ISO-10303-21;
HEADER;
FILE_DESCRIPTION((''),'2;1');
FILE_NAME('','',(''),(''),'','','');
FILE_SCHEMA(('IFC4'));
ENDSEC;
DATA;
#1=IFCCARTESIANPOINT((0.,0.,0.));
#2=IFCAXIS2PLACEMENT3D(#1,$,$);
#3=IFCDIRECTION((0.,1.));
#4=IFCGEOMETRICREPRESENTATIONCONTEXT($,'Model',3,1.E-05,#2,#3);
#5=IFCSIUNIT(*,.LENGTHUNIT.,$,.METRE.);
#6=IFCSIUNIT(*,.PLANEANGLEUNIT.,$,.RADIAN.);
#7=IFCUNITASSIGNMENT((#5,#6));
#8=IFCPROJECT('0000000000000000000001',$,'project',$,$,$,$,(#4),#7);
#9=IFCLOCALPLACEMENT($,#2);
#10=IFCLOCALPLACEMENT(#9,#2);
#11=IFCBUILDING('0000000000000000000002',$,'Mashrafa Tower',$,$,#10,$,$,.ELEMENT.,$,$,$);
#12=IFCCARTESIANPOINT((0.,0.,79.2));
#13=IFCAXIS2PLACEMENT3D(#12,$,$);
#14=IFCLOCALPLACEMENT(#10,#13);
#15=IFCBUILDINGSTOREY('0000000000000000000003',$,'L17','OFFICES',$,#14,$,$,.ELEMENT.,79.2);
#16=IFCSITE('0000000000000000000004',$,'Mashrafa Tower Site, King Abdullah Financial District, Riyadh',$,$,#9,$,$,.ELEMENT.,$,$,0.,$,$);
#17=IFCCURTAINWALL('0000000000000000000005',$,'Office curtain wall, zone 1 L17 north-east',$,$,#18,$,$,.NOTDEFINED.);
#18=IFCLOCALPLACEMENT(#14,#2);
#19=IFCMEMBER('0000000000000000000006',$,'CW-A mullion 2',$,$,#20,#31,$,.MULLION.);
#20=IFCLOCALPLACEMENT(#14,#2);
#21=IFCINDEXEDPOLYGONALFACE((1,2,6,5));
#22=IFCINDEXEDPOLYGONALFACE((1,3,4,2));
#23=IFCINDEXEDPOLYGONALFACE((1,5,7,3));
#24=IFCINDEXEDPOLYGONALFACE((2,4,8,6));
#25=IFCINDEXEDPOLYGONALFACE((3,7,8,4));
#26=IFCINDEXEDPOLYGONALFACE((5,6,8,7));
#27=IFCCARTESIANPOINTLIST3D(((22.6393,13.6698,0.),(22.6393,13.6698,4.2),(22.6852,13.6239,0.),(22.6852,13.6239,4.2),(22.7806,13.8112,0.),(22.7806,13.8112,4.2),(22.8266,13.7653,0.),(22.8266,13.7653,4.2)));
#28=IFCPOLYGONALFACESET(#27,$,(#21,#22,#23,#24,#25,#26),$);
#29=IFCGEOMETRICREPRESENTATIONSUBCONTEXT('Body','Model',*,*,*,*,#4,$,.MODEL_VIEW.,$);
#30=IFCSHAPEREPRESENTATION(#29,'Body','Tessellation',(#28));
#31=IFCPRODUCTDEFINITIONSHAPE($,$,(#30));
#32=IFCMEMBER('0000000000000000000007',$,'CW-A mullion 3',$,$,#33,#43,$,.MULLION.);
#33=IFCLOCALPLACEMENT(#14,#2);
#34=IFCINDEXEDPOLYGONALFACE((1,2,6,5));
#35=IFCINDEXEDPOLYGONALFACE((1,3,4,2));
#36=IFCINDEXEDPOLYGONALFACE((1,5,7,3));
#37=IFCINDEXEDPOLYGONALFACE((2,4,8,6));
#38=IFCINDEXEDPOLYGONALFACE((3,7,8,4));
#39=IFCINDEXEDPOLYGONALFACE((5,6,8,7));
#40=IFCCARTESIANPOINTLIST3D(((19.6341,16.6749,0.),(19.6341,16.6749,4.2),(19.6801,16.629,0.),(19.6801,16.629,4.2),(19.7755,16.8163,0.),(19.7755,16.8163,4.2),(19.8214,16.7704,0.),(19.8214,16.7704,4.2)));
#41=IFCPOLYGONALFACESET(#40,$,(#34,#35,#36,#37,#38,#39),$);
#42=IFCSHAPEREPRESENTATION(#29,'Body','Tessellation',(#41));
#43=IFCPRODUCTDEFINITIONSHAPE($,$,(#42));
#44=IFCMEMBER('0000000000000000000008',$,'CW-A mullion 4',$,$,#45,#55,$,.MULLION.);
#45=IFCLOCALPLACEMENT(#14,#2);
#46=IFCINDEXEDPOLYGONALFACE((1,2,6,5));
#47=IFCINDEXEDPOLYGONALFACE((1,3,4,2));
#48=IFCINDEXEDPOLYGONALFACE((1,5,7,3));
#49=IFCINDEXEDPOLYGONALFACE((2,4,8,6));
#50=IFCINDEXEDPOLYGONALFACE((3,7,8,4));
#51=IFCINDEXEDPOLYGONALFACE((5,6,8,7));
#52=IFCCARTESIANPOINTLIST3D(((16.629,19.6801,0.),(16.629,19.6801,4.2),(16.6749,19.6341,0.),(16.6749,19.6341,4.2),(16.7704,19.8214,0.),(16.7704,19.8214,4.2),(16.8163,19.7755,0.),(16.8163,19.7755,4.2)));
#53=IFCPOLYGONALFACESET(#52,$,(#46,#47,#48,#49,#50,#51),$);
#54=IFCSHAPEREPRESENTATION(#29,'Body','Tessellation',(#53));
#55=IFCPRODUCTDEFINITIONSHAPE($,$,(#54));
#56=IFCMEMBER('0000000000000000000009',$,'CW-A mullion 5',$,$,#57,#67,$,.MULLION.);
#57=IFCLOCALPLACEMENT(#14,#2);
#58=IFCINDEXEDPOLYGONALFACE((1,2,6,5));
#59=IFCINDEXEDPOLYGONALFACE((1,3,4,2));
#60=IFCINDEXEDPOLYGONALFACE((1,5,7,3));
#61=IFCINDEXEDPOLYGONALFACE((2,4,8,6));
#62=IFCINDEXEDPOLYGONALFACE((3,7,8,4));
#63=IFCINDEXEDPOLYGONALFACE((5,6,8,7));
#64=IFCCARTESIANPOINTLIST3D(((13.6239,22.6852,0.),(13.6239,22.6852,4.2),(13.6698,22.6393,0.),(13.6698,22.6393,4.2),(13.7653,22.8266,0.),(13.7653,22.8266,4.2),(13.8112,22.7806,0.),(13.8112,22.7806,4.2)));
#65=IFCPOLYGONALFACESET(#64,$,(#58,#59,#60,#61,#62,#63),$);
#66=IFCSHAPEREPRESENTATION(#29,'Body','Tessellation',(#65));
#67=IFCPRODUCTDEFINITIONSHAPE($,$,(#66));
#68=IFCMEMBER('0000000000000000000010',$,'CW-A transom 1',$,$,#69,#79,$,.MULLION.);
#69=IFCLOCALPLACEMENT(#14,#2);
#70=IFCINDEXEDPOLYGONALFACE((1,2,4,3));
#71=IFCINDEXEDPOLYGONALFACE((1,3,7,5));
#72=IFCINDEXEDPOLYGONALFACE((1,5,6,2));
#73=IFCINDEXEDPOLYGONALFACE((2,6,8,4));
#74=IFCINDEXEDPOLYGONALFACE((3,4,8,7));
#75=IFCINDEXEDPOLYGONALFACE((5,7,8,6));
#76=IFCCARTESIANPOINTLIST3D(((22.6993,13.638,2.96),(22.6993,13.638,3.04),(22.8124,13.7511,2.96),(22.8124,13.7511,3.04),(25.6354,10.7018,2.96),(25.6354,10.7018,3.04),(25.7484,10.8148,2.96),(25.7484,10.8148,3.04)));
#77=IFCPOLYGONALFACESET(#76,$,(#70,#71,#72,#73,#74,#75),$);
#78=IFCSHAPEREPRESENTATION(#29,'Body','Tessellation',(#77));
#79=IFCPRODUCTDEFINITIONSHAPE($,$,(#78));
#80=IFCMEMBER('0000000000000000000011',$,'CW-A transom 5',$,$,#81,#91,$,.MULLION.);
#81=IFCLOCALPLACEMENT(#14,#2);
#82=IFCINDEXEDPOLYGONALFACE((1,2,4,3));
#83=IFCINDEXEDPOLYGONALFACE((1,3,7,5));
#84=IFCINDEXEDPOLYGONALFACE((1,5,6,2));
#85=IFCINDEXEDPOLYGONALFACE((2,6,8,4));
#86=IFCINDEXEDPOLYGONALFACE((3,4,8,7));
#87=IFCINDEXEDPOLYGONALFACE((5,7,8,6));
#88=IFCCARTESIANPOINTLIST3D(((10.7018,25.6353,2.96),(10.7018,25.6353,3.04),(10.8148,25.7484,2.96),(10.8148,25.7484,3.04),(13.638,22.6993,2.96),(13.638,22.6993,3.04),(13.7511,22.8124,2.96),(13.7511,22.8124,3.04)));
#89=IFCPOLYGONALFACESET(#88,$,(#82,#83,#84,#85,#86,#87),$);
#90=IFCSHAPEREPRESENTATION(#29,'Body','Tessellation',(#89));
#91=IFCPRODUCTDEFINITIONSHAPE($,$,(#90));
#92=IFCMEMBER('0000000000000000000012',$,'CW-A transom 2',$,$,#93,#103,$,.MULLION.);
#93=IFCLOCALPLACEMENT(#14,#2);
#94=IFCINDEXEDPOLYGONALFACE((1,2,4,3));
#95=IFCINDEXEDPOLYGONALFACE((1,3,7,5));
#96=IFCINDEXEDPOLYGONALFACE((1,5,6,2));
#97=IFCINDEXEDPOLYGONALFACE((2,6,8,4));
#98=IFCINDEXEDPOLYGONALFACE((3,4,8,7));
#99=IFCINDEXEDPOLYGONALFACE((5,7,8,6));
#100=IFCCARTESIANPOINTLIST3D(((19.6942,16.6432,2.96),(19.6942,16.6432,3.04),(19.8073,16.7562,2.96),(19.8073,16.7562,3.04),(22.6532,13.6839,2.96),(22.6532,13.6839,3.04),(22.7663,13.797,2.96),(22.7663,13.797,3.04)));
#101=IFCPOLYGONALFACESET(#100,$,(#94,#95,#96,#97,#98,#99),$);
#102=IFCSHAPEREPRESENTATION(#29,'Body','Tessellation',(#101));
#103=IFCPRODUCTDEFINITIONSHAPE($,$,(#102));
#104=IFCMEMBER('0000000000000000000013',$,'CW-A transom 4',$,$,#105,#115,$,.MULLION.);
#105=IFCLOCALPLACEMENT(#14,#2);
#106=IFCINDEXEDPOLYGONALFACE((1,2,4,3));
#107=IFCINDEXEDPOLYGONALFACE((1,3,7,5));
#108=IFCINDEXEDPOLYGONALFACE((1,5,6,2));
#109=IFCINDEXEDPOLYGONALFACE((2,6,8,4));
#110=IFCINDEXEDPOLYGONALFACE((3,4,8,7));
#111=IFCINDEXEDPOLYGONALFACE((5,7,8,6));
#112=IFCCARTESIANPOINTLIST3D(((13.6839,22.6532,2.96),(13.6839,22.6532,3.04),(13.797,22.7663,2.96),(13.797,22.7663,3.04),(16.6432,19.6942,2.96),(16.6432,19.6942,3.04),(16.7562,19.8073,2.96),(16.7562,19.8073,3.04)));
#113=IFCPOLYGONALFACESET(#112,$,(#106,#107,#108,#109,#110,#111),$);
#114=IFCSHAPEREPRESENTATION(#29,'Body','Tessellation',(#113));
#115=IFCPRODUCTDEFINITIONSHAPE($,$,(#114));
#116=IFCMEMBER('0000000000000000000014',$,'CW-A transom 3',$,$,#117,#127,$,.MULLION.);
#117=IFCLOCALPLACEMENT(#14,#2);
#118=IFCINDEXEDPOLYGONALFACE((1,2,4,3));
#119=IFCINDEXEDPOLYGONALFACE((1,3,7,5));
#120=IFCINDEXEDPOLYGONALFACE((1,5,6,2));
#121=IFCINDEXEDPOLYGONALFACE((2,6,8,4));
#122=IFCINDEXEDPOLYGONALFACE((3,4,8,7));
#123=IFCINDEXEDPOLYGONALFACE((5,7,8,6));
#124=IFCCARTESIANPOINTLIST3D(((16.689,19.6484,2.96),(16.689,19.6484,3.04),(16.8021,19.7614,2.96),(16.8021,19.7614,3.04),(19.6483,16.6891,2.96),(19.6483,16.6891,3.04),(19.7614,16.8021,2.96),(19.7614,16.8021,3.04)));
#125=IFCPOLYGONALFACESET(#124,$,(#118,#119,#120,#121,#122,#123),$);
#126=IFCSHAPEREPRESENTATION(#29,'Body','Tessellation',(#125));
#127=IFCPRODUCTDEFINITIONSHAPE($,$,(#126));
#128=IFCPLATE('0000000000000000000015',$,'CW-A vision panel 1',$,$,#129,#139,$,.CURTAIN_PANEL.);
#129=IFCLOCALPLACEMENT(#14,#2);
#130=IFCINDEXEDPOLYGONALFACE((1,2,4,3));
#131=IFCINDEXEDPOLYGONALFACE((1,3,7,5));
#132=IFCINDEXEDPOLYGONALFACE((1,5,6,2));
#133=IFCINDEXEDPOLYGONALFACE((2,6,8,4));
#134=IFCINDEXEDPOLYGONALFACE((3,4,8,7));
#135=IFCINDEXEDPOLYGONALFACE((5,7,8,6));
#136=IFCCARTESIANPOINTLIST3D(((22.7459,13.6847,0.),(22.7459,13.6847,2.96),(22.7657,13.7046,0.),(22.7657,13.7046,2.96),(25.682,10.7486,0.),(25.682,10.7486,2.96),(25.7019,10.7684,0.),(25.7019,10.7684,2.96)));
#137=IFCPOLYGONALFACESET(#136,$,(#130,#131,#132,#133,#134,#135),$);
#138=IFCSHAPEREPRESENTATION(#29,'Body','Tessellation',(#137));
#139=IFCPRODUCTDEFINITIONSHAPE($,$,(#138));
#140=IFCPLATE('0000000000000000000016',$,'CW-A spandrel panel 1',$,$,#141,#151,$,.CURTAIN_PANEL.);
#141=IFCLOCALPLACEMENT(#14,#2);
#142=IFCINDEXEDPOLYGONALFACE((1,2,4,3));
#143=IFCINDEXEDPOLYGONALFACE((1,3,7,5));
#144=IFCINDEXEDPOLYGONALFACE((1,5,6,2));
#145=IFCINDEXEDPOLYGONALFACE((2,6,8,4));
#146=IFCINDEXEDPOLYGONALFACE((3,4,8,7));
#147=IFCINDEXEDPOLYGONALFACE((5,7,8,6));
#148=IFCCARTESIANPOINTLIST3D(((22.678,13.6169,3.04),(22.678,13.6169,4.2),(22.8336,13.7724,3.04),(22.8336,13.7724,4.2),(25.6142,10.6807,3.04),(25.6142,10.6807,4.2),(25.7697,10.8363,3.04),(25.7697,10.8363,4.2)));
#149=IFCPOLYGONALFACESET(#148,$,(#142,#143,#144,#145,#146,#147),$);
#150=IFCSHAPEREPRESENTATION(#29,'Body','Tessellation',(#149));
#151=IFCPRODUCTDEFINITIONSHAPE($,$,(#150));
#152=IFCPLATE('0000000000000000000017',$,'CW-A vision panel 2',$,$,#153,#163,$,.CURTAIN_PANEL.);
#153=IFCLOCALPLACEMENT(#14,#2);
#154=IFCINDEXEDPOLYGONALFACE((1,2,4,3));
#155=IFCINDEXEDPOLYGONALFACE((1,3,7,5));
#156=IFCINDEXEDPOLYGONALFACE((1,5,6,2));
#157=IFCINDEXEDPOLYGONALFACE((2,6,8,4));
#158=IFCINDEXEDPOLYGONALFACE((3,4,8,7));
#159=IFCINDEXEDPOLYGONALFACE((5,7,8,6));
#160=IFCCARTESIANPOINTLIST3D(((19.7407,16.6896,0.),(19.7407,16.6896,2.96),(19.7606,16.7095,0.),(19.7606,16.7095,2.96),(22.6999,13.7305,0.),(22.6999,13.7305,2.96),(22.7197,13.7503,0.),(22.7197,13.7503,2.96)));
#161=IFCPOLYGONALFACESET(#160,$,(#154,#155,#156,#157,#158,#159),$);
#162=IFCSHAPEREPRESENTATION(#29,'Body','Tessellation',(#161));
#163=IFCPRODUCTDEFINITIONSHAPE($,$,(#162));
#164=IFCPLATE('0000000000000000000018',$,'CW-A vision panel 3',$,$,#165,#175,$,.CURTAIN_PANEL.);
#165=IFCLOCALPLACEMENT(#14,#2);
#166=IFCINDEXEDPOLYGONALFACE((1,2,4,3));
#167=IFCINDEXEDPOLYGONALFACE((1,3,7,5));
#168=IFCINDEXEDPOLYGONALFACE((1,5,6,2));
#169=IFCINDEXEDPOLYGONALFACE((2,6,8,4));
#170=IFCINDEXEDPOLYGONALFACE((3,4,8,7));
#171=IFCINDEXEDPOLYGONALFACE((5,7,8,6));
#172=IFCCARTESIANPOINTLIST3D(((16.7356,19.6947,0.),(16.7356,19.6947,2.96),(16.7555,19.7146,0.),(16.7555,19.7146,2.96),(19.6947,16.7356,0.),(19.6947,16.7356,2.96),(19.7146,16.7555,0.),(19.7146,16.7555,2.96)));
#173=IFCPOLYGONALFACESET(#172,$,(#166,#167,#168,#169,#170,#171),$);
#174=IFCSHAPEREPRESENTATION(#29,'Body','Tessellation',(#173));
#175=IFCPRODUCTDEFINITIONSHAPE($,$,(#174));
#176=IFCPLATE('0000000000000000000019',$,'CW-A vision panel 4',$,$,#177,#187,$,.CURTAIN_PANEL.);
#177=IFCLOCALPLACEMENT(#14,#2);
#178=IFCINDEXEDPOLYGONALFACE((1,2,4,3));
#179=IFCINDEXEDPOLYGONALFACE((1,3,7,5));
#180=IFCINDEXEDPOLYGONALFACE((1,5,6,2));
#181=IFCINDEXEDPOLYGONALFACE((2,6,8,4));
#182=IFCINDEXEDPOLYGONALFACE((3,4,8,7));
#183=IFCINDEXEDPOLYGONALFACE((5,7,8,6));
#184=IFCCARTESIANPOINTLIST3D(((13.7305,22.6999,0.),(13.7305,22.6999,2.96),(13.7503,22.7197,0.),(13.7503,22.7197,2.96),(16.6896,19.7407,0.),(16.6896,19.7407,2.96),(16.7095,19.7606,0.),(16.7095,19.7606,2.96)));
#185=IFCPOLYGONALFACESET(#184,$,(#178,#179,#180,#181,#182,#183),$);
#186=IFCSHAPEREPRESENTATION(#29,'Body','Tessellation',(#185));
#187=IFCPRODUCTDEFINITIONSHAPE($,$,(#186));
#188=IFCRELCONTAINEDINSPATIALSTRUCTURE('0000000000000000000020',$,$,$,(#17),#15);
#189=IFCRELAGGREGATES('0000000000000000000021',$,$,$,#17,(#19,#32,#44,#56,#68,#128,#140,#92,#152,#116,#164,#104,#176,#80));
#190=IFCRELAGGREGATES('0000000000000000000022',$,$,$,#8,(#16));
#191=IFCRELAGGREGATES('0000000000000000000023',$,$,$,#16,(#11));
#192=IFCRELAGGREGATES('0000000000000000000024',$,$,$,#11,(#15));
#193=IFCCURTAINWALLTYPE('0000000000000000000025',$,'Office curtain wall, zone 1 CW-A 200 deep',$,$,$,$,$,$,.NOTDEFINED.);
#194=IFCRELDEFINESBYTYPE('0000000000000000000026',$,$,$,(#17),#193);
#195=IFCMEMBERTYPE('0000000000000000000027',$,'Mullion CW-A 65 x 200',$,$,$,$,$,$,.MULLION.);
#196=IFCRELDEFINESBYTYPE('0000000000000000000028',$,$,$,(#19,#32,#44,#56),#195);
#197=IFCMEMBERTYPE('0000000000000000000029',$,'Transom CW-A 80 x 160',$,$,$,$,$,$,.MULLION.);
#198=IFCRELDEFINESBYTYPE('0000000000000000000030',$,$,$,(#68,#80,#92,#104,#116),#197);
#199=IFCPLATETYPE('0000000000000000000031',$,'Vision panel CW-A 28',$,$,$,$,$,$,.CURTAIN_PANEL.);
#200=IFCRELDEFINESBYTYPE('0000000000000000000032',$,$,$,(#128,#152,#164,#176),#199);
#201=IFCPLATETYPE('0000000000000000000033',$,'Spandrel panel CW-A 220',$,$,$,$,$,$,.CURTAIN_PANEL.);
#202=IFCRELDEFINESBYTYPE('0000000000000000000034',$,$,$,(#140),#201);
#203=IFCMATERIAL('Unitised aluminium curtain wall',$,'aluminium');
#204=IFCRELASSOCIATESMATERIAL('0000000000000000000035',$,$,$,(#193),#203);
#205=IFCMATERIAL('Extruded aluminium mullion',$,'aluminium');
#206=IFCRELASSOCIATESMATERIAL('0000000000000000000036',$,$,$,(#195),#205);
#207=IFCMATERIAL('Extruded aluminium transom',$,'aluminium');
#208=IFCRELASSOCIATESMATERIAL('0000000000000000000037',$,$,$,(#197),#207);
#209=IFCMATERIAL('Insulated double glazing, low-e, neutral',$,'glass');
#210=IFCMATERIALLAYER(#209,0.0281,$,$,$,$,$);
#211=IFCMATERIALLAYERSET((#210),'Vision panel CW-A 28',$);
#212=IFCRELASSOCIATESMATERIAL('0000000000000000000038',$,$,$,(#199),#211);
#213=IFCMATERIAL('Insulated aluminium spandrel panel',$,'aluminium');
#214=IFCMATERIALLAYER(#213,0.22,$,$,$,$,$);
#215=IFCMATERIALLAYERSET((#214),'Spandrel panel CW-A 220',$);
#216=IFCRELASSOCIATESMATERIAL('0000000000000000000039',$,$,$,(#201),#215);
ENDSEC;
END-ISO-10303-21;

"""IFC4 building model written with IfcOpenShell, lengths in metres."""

from ifc_helpers import new_model, si_unit, direction, frame, origin, origin_2d, place, context, subcontext, project, spatial, rectangle, extrude, source, transform, mapped, material, layer, layer_set, material_profile, profile_set, type_object, type_shapes, element, aggregate, save


model = new_model("IFC4")

# Units and contexts
model_context = context("Model", 3, precision=1e-05, world=origin(), true_north=direction((0.0, 1.0)))
body_context = subcontext(model_context, "Body", "Model", "MODEL_VIEW")
ifc_project = project(units=[si_unit("LENGTHUNIT", "METRE"), si_unit("PLANEANGLEUNIT", "RADIAN")], contexts=[model_context])

# Site, building, storey
site_placement = place(None, origin())
site = spatial("IfcSite", under=ifc_project, at=site_placement, Name="Mashrafa Tower Site, King Abdullah Financial District, Riyadh", CompositionType="ELEMENT", RefElevation=0.0)
building_placement = place(site_placement, origin())
building = spatial("IfcBuilding", under=site, at=building_placement, Name="Mashrafa Tower", CompositionType="ELEMENT")
storey_placement = place(building_placement, frame((0.0, 0.0, 79.2)))
storey = spatial("IfcBuildingStorey", under=building, at=storey_placement, Name="L17", Description="OFFICES", CompositionType="ELEMENT", Elevation=79.2)

# Shared definitions
ifc_material_1 = material(Name="Unitised aluminium curtain wall", Category="aluminium")
curtain_wall_type = type_object("IfcCurtainWallType", Name="Office curtain wall, zone 1 CW-A 200 deep", PredefinedType="NOTDEFINED", material=ifc_material_1)
ifc_material_2 = material(Name="Extruded aluminium mullion", Category="aluminium")
ifc_material_profile_1 = material_profile(ifc_material_2, rectangle(XDim=0.2, YDim=0.0649, at=origin_2d()), Name="Mullion 65x200")
ifc_profile_set_1 = profile_set([ifc_material_profile_1], Name="Extruded aluminium mullion")
member_type_1 = type_object("IfcMemberType", Name="Mullion CW-A 65 x 200", PredefinedType="MULLION", material=ifc_profile_set_1)
shared_shape_1 = source(origin(), body_context, "Body", "SweptSolid", [
    extrude(rectangle(XDim=0.2, YDim=0.0649, at=origin_2d()), origin(), (0.0, 0.0, 1.0), 4.2),
])
type_shapes(member_type_1, [shared_shape_1])

# Curtain wall, members, plates
curtain_wall_1_placement = place(storey_placement, origin())
curtain_wall_1 = element("IfcCurtainWall", 1, at=curtain_wall_1_placement, inside=storey, type_object=curtain_wall_type, Name="Office curtain wall, zone 1 L17 north-east", PredefinedType="NOTDEFINED")
member_1_placement = place(storey_placement, frame((22.7329, 13.7175, 0.0), z_axis=(0.0, 0.0, 1.0), x_axis=(-0.707107, -0.707107, 0.0)))
member_1 = element("IfcMember", 2, at=member_1_placement, type_object=member_type_1, Name="CW-A mullion 2", PredefinedType="MULLION", context=body_context, shape_type="MappedRepresentation", body=[
    mapped(shared_shape_1, transform((0.0, 0.0, 0.0))),
])
member_2_placement = place(storey_placement, frame((19.7278, 16.7227, 0.0), z_axis=(0.0, 0.0, 1.0), x_axis=(-0.707107, -0.707107, 0.0)))
member_2 = element("IfcMember", 3, at=member_2_placement, type_object=member_type_1, Name="CW-A mullion 3", PredefinedType="MULLION", context=body_context, shape_type="MappedRepresentation", body=[
    mapped(shared_shape_1, transform((0.0, 0.0, 0.0))),
])
member_3_placement = place(storey_placement, frame((16.7227, 19.7278, 0.0), z_axis=(0.0, 0.0, 1.0), x_axis=(-0.707107, -0.707107, 0.0)))
member_3 = element("IfcMember", 4, at=member_3_placement, type_object=member_type_1, Name="CW-A mullion 4", PredefinedType="MULLION", context=body_context, shape_type="MappedRepresentation", body=[
    mapped(shared_shape_1, transform((0.0, 0.0, 0.0))),
])
member_4_placement = place(storey_placement, frame((13.7175, 22.7329, 0.0), z_axis=(0.0, 0.0, 1.0), x_axis=(-0.707107, -0.707107, 0.0)))
member_4 = element("IfcMember", 5, at=member_4_placement, type_object=member_type_1, Name="CW-A mullion 5", PredefinedType="MULLION", context=body_context, shape_type="MappedRepresentation", body=[
    mapped(shared_shape_1, transform((0.0, 0.0, 0.0))),
])
ifc_material_3 = material(Name="Extruded aluminium transom", Category="aluminium")
ifc_material_profile_2 = material_profile(ifc_material_3, rectangle(XDim=0.1599, YDim=0.0801, at=origin_2d()), Name="Transom 80x160")
ifc_profile_set_2 = profile_set([ifc_material_profile_2], Name="Extruded aluminium transom")
member_type_2 = type_object("IfcMemberType", Name="Transom CW-A 80 x 160", PredefinedType="MULLION", material=ifc_profile_set_2)
shared_shape_2 = source(origin(), body_context, "Body", "SweptSolid", [
    extrude(rectangle(XDim=0.1599, YDim=0.0801, at=origin_2d()), origin(), (0.0, 0.0, 1.0), 4.1523),
])
member_5_placement = place(storey_placement, frame((25.6919, 10.7583, 3.0), z_axis=(-0.707077, 0.707136, 0.0), x_axis=(-0.707136, -0.707077, 0.0)))
member_5 = element("IfcMember", 6, at=member_5_placement, type_object=member_type_2, Name="CW-A transom 1", PredefinedType="MULLION", context=body_context, shape_type="MappedRepresentation", body=[
    mapped(shared_shape_2, transform((0.0, 0.0, 0.0))),
])
member_6_placement = place(storey_placement, frame((13.6946, 22.7559, 3.0), z_axis=(-0.707136, 0.707077, 0.0), x_axis=(-0.707077, -0.707136, 0.0)))
member_6 = element("IfcMember", 7, at=member_6_placement, type_object=member_type_2, Name="CW-A transom 5", PredefinedType="MULLION", context=body_context, shape_type="MappedRepresentation", body=[
    mapped(shared_shape_2, transform((0.0, 0.0, 0.0))),
])
shared_shape_3 = source(origin(), body_context, "Body", "SweptSolid", [
    extrude(rectangle(XDim=0.1599, YDim=0.0801, at=origin_2d()), origin(), (0.0, 0.0, 1.0), 4.1848),
])
member_7_placement = place(storey_placement, frame((22.7097, 13.7405, 3.0), z_axis=(-0.707078, 0.707136, 0.0), x_axis=(-0.707136, -0.707078, 0.0)))
member_7 = element("IfcMember", 8, at=member_7_placement, type_object=member_type_2, Name="CW-A transom 2", PredefinedType="MULLION", context=body_context, shape_type="MappedRepresentation", body=[
    mapped(shared_shape_3, transform((0.0, 0.0, 0.0))),
])
member_8_placement = place(storey_placement, frame((16.6997, 19.7507, 3.0), z_axis=(-0.707136, 0.707078, 0.0), x_axis=(-0.707078, -0.707136, 0.0)))
member_8 = element("IfcMember", 9, at=member_8_placement, type_object=member_type_2, Name="CW-A transom 4", PredefinedType="MULLION", context=body_context, shape_type="MappedRepresentation", body=[
    mapped(shared_shape_3, transform((0.0, 0.0, 0.0))),
])
shared_shape_4 = source(origin(), body_context, "Body", "SweptSolid", [
    extrude(rectangle(XDim=0.1599, YDim=0.0801, at=origin_2d()), origin(), (0.0, 0.0, 1.0), 4.1851),
])
type_shapes(member_type_2, [shared_shape_2, shared_shape_3, shared_shape_4])
member_9_placement = place(storey_placement, frame((19.7048, 16.7456, 3.0), z_axis=(-0.707107, 0.707107, 0.0), x_axis=(-0.707107, -0.707107, 0.0)))
member_9 = element("IfcMember", 10, at=member_9_placement, type_object=member_type_2, Name="CW-A transom 3", PredefinedType="MULLION", context=body_context, shape_type="MappedRepresentation", body=[
    mapped(shared_shape_4, transform((0.0, 0.0, 0.0))),
])
ifc_material_4 = material(Name="Insulated double glazing, low-e, neutral", Category="glass")
ifc_layer_1 = layer(ifc_material_4, 0.0281)
ifc_layer_set_1 = layer_set([ifc_layer_1], Name="Vision panel CW-A 28")
plate_type_1 = type_object("IfcPlateType", Name="Vision panel CW-A 28", PredefinedType="CURTAIN_PANEL", material=ifc_layer_set_1)
shared_shape_5 = source(origin(), body_context, "Body", "SweptSolid", [
    extrude(rectangle(XDim=4.1523, YDim=0.0281, at=origin_2d()), origin(), (0.0, 0.0, 1.0), 2.96),
])
plate_1_placement = place(storey_placement, frame((24.2239, 12.2266, 0.0), z_axis=(0.0, 0.0, 1.0), x_axis=(-0.707107, 0.707107, 0.0)))
plate_1 = element("IfcPlate", 11, at=plate_1_placement, type_object=plate_type_1, Name="CW-A vision panel 1", PredefinedType="CURTAIN_PANEL", context=body_context, shape_type="MappedRepresentation", body=[
    mapped(shared_shape_5, transform((0.0, 0.0, 0.0))),
])
ifc_material_5 = material(Name="Insulated aluminium spandrel panel", Category="aluminium")
ifc_layer_2 = layer(ifc_material_5, 0.22)
ifc_layer_set_2 = layer_set([ifc_layer_2], Name="Spandrel panel CW-A 220")
plate_type_2 = type_object("IfcPlateType", Name="Spandrel panel CW-A 220", PredefinedType="CURTAIN_PANEL", material=ifc_layer_set_2)
shared_shape_6 = source(origin(), body_context, "Body", "SweptSolid", [
    extrude(rectangle(XDim=4.1523, YDim=0.22, at=origin_2d()), origin(), (0.0, 0.0, 1.0), 1.1599),
])
plate_2_placement = place(storey_placement, frame((24.2239, 12.2266, 3.04), z_axis=(0.0, 0.0, 1.0), x_axis=(-0.707107, 0.707107, 0.0)))
plate_2 = element("IfcPlate", 12, at=plate_2_placement, type_object=plate_type_2, Name="CW-A spandrel panel 1", PredefinedType="CURTAIN_PANEL", context=body_context, shape_type="MappedRepresentation", body=[
    mapped(shared_shape_6, transform((0.0, 0.0, 0.0))),
])
shared_shape_7 = source(origin(), body_context, "Body", "SweptSolid", [
    extrude(rectangle(XDim=4.1848, YDim=0.0281, at=origin_2d()), origin(), (0.0, 0.0, 1.0), 2.96),
])
type_shapes(plate_type_1, [shared_shape_5, shared_shape_7])
plate_3_placement = place(storey_placement, frame((21.2302, 15.22, 0.0), z_axis=(0.0, 0.0, 1.0), x_axis=(-0.707107, 0.707107, 0.0)))
plate_3 = element("IfcPlate", 13, at=plate_3_placement, type_object=plate_type_1, Name="CW-A vision panel 2", PredefinedType="CURTAIN_PANEL", context=body_context, shape_type="MappedRepresentation", body=[
    mapped(shared_shape_7, transform((0.0, 0.0, 0.0))),
])
plate_4_placement = place(storey_placement, frame((18.2251, 18.2251, 0.0), z_axis=(0.0, 0.0, 1.0), x_axis=(-0.707107, 0.707107, 0.0)))
plate_4 = element("IfcPlate", 14, at=plate_4_placement, type_object=plate_type_1, Name="CW-A vision panel 3", PredefinedType="CURTAIN_PANEL", context=body_context, shape_type="MappedRepresentation", body=[
    mapped(shared_shape_7, transform((0.0, 0.0, 0.0))),
])
plate_5_placement = place(storey_placement, frame((15.22, 21.2302, 0.0), z_axis=(0.0, 0.0, 1.0), x_axis=(-0.707107, 0.707107, 0.0)))
plate_5 = element("IfcPlate", 15, at=plate_5_placement, type_object=plate_type_1, Name="CW-A vision panel 4", PredefinedType="CURTAIN_PANEL", context=body_context, shape_type="MappedRepresentation", body=[
    mapped(shared_shape_7, transform((0.0, 0.0, 0.0))),
])
aggregate(curtain_wall_1, [member_1, member_2, member_3, member_4, member_5, plate_1, plate_2, member_7, plate_3, member_9, plate_4, member_8, plate_5, member_6])

save(model, "model.ifc")
